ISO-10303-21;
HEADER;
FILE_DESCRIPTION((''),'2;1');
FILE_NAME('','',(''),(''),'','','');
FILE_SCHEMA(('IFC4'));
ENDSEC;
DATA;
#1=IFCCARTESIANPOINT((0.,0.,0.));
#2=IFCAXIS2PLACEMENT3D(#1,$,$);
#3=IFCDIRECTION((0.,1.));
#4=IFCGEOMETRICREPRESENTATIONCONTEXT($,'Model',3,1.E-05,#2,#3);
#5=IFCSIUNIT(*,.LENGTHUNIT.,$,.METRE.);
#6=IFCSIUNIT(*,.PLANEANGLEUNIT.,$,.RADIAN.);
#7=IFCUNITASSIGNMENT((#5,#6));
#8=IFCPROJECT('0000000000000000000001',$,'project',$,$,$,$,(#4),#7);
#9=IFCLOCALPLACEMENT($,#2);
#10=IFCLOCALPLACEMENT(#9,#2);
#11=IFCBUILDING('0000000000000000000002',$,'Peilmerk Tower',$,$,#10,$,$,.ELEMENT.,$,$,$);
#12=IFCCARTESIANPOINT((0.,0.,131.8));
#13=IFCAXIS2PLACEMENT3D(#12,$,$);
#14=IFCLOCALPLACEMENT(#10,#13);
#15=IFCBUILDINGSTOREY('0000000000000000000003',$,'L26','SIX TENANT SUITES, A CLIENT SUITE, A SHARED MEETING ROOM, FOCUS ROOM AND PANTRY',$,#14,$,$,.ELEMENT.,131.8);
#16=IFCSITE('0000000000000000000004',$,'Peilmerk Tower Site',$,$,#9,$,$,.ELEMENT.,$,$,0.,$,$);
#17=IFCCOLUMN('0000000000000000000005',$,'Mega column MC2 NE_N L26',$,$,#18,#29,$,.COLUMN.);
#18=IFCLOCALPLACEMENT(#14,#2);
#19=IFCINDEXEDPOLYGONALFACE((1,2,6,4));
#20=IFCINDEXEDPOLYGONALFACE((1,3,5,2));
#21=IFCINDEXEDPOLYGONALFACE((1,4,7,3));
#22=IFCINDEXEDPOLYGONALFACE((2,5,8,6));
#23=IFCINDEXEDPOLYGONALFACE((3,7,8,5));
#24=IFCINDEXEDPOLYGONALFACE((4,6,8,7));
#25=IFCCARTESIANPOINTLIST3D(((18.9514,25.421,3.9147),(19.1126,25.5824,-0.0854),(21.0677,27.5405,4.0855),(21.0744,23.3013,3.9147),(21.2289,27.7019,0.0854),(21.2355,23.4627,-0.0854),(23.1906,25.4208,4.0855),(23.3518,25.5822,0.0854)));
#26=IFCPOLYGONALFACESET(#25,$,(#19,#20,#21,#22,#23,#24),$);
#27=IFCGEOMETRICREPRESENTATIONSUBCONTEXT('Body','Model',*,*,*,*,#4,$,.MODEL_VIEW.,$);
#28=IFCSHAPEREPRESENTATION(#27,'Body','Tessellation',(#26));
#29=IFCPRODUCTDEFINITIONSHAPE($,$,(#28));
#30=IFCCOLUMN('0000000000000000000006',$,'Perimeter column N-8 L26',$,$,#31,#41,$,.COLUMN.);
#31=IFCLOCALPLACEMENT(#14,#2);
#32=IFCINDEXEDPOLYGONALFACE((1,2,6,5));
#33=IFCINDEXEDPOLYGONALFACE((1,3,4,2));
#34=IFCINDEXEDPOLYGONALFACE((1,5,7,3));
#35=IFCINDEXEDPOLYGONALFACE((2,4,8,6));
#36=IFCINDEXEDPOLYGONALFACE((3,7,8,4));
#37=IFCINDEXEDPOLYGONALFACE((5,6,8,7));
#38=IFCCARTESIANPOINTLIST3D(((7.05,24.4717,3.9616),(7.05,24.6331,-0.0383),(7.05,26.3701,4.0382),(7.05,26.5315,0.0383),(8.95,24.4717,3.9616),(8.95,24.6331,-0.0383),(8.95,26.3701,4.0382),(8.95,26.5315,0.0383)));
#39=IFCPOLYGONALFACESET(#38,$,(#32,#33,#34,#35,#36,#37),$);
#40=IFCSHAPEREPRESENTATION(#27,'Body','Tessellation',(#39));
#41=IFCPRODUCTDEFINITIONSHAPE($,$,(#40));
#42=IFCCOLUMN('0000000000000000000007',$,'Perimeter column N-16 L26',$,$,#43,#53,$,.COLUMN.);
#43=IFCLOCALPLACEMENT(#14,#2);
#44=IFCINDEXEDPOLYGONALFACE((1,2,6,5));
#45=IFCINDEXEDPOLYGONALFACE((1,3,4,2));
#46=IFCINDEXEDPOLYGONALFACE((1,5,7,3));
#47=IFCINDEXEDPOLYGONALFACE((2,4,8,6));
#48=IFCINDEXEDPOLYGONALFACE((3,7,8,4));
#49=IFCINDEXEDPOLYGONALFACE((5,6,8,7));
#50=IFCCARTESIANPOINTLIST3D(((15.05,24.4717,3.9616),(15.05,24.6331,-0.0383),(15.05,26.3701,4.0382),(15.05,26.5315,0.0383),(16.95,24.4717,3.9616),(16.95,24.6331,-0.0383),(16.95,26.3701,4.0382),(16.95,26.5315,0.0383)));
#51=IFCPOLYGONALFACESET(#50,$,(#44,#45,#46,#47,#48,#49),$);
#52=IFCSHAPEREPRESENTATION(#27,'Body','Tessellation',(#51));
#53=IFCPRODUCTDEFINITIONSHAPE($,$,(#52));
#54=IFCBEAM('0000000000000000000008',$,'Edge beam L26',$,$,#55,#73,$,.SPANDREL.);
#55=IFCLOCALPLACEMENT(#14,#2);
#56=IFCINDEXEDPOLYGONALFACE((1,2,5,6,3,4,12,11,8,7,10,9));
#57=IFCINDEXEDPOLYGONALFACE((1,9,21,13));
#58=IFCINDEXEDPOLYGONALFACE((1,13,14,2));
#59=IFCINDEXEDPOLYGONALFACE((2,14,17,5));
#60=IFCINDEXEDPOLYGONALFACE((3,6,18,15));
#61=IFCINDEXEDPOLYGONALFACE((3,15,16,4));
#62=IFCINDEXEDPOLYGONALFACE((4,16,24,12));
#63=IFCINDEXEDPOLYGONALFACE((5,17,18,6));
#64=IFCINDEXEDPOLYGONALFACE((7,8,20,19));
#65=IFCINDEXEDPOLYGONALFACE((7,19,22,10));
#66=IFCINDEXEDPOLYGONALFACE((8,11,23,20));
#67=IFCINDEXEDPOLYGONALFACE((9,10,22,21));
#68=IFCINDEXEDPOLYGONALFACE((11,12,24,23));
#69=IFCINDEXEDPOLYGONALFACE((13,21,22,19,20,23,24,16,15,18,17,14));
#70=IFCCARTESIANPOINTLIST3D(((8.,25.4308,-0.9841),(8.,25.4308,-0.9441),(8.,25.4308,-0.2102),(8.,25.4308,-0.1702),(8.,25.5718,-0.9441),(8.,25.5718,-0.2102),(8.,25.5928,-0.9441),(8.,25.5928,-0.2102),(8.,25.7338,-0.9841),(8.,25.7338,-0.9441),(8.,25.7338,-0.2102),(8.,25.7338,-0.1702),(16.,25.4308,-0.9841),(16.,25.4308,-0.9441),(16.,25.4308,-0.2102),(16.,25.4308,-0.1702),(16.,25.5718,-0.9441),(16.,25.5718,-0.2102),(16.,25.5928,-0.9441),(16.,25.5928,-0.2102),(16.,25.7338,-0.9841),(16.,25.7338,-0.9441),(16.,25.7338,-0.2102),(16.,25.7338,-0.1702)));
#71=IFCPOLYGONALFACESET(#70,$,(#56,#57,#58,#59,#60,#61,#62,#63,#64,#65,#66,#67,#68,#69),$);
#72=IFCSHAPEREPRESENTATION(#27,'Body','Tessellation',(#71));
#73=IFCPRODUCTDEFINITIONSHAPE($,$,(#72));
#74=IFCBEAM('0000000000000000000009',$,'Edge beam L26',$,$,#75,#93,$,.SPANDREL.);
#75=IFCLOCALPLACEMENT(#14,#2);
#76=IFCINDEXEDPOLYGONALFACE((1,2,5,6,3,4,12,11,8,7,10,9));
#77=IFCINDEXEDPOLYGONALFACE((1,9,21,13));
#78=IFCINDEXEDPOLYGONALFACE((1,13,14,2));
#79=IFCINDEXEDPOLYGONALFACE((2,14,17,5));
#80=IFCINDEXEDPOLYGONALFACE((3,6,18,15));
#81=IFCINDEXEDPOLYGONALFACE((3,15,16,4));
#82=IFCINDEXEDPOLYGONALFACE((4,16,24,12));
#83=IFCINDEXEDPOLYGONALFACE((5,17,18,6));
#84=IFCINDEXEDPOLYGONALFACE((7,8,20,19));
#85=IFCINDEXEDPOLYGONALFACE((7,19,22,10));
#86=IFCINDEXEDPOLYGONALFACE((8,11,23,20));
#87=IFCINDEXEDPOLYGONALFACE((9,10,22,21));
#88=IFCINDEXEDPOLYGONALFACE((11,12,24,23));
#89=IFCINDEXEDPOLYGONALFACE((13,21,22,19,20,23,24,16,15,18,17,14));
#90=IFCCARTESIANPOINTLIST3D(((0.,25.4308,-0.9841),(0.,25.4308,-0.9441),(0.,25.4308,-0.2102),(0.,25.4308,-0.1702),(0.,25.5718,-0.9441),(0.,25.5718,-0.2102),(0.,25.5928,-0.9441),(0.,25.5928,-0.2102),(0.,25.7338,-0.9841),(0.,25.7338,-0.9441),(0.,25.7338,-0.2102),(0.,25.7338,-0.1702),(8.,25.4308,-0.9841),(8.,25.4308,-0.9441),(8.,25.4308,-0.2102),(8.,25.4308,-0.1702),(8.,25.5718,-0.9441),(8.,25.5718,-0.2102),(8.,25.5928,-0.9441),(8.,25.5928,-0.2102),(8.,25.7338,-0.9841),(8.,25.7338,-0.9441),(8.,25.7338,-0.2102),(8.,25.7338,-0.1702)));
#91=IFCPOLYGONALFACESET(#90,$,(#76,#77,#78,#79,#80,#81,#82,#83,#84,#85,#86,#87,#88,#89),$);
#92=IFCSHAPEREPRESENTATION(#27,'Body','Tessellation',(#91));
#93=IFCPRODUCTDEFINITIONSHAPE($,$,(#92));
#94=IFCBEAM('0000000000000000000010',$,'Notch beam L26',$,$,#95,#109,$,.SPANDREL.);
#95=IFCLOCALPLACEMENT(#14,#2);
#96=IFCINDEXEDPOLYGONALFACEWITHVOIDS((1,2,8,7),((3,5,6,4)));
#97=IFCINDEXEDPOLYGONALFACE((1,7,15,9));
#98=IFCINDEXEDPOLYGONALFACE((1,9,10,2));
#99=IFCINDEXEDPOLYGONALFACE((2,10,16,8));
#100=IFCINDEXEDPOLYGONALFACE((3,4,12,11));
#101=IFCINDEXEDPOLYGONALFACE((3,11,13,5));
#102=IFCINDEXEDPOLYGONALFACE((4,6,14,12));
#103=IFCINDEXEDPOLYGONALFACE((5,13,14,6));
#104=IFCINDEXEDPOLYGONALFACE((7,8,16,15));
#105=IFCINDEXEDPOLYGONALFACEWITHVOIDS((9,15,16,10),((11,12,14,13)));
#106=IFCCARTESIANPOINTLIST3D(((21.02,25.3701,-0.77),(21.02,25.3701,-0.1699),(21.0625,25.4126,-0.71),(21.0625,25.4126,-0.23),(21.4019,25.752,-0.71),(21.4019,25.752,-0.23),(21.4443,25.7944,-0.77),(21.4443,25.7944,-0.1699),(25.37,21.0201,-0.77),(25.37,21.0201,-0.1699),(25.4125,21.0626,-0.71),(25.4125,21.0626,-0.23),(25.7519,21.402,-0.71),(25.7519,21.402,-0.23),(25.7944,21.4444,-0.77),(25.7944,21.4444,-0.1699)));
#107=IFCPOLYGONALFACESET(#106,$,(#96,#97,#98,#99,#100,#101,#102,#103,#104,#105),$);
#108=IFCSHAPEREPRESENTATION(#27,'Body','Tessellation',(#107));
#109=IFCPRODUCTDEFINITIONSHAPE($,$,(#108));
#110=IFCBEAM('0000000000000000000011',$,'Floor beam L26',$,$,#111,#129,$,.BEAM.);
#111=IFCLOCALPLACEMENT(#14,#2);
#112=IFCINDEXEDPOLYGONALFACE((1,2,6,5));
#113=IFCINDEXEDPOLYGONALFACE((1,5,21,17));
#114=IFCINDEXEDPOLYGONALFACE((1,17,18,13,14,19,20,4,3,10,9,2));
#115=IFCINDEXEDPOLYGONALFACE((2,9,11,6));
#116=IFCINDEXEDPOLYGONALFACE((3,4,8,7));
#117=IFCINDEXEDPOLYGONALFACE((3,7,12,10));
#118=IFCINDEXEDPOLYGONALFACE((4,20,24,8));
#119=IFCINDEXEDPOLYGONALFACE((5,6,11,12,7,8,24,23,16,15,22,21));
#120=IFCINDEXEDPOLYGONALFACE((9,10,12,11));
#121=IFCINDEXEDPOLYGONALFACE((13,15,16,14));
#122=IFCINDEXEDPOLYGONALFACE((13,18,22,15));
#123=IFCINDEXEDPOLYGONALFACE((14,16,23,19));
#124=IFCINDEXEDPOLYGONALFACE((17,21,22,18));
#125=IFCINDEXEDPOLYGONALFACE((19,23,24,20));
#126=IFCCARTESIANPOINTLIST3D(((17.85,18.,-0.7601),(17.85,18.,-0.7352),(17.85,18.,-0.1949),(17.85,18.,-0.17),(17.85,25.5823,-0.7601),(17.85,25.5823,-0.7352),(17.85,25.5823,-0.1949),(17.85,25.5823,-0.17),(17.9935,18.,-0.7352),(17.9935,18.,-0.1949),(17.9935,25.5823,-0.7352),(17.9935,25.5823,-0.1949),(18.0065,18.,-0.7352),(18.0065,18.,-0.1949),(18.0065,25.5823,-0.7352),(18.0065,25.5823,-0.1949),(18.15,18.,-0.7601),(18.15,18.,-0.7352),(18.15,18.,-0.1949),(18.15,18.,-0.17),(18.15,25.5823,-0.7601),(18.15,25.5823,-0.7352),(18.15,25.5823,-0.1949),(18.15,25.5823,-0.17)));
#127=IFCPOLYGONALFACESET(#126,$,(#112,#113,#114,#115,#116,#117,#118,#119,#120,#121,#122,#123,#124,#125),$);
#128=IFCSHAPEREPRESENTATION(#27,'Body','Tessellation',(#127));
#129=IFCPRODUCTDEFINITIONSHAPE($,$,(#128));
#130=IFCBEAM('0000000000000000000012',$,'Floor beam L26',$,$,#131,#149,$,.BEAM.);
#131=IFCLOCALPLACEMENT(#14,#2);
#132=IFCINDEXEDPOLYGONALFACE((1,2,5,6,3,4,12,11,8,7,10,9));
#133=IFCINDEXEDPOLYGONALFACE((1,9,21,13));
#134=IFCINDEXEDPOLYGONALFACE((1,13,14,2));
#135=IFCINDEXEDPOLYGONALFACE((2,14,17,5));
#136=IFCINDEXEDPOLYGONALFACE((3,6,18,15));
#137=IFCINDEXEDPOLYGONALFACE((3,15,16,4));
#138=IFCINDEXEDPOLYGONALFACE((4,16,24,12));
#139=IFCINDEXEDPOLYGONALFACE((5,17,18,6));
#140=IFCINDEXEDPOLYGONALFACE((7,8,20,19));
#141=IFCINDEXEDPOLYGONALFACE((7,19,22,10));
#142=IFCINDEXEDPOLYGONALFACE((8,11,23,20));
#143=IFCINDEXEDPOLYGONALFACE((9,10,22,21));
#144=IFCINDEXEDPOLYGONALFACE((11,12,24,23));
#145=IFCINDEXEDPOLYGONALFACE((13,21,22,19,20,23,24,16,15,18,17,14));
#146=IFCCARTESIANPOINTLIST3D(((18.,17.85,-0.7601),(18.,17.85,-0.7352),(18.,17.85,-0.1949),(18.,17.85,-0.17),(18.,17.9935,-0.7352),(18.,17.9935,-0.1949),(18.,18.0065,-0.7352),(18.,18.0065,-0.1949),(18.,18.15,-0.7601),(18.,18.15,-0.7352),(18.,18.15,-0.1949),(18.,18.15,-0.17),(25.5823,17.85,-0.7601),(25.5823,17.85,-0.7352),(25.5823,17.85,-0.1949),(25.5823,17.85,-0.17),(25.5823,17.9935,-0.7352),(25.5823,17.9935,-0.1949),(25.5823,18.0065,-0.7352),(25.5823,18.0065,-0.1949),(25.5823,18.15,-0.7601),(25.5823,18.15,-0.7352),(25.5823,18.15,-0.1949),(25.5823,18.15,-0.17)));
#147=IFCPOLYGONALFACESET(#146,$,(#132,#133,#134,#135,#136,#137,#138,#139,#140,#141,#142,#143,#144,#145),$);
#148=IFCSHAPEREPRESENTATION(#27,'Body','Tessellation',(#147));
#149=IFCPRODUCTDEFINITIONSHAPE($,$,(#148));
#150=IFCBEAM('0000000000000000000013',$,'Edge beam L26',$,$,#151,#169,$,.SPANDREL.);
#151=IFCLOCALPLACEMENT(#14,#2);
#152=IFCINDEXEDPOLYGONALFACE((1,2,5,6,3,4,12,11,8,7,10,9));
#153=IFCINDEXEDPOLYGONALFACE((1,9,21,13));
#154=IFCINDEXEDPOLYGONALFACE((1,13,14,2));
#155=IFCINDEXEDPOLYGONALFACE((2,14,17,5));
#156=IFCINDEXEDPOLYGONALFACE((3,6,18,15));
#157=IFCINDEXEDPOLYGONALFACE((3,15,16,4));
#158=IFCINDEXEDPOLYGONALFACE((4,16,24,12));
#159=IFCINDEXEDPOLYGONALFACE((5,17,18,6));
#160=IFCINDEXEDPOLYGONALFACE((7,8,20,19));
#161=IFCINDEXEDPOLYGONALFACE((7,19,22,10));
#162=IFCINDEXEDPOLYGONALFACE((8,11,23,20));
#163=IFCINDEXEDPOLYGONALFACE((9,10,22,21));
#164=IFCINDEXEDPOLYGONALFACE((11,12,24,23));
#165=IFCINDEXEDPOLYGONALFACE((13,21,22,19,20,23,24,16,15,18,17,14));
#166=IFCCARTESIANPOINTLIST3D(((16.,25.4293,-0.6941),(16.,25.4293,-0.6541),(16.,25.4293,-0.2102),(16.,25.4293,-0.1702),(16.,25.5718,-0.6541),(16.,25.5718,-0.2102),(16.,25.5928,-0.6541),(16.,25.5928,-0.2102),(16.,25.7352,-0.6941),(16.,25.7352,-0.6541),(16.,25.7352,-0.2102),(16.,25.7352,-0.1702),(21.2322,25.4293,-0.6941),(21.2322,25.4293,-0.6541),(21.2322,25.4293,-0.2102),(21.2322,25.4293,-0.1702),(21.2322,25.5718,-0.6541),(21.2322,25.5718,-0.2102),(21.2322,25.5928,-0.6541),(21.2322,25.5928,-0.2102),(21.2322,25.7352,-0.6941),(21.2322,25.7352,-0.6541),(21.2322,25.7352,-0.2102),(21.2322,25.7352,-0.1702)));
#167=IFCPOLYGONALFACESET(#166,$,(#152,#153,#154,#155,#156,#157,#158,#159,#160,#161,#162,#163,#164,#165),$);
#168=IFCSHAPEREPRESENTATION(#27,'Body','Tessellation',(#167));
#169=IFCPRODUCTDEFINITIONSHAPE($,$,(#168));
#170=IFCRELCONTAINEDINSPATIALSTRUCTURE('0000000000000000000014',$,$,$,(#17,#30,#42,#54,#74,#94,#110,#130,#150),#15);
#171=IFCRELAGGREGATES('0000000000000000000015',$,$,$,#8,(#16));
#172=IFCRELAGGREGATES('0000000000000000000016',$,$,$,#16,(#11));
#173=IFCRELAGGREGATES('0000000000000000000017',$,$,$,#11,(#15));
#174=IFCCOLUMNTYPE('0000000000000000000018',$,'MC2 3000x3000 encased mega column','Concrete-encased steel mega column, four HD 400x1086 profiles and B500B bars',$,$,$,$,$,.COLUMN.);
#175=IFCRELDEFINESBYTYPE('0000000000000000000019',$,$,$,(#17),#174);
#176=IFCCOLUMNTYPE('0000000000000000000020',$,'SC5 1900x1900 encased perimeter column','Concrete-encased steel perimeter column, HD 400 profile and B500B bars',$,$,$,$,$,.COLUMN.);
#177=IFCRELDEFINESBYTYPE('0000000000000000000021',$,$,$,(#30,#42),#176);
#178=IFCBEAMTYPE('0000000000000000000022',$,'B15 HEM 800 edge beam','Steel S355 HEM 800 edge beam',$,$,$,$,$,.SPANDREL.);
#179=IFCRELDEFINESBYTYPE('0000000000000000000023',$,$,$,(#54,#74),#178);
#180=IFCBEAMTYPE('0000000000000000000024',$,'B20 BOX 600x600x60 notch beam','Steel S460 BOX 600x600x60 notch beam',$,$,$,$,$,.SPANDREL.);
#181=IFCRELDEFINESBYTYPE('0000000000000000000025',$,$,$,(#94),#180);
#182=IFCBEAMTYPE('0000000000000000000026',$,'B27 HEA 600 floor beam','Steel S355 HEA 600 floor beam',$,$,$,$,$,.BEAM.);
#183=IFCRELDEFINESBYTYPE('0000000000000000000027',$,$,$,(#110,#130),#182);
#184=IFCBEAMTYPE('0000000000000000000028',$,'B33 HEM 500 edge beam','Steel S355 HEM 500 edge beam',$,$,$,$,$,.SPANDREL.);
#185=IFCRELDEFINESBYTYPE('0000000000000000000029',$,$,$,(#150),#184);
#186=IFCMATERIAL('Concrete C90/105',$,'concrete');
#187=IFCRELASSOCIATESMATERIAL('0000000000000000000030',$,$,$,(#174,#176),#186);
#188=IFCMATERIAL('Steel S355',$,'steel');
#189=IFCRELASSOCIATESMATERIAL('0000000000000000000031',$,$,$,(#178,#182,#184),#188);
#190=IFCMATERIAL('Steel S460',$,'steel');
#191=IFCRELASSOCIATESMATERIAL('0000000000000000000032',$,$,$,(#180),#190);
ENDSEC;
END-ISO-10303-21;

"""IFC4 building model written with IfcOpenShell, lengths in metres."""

from ifc_helpers import new_model, si_unit, direction, frame, origin, origin_2d, place, context, subcontext, project, spatial, rectangle, hollow_rectangle, i_section, extrude, material, material_profile, profile_set, type_object, element, save


model = new_model("IFC4")

# Units and contexts
model_context = context("Model", 3, precision=1e-05, world=origin(), true_north=direction((0.0, 1.0)))
body_context = subcontext(model_context, "Body", "Model", "MODEL_VIEW")
ifc_project = project(units=[si_unit("LENGTHUNIT", "METRE"), si_unit("PLANEANGLEUNIT", "RADIAN")], contexts=[model_context])

# Site, building, storey
site_placement = place(None, origin())
site = spatial("IfcSite", under=ifc_project, at=site_placement, Name="Peilmerk Tower Site", CompositionType="ELEMENT", RefElevation=0.0)
building_placement = place(site_placement, origin())
building = spatial("IfcBuilding", under=site, at=building_placement, Name="Peilmerk Tower", CompositionType="ELEMENT")
storey_placement = place(building_placement, frame((0.0, 0.0, 131.8)))
storey = spatial("IfcBuildingStorey", under=building, at=storey_placement, Name="L26", Description="SIX TENANT SUITES, A CLIENT SUITE, A SHARED MEETING ROOM, FOCUS ROOM AND PANTRY", CompositionType="ELEMENT", Elevation=131.8)

# Columns
ifc_material_1 = material(Name="Concrete C90/105", Category="concrete")
ifc_material_profile_1 = material_profile(ifc_material_1, rectangle(XDim=3.0, YDim=3.0, at=origin_2d()), Name="RC 3000x3000")
ifc_profile_set_1 = profile_set([ifc_material_profile_1], Name="Concrete C90/105")
column_type_1 = type_object("IfcColumnType", Name="MC2 3000x3000 encased mega column", Description="Concrete-encased steel mega column, four HD 400x1086 profiles and B500B bars", PredefinedType="COLUMN", material=ifc_profile_set_1)
column_placement = place(storey_placement, frame((21.2322, 25.5823, 0.0), z_axis=(-0.040218, -0.040279, 0.998379), x_axis=(0.707642, -0.706571, 0.0)))
element("IfcColumn", 1, at=column_placement, inside=storey, type_object=column_type_1, Name="Mega column MC2 NE_N L26", PredefinedType="COLUMN", context=body_context, shape_type="SweptSolid", body=[
    extrude(rectangle(XDim=3.0, YDim=3.0, at=origin_2d()), origin(), (0.0, 0.0, 1.0), 4.0066),
])
ifc_material_profile_2 = material_profile(ifc_material_1, rectangle(XDim=1.8999, YDim=1.8999, at=origin_2d()), Name="RC 1900x1900")
ifc_profile_set_2 = profile_set([ifc_material_profile_2], Name="Concrete C90/105")
column_type_2 = type_object("IfcColumnType", Name="SC5 1900x1900 encased perimeter column", Description="Concrete-encased steel perimeter column, HD 400 profile and B500B bars", PredefinedType="COLUMN", material=ifc_profile_set_2)
for number, where, z_axis, x_axis, name in (
    (2, (8.0, 25.5823, 0.0), (0.0, -0.040311, 0.999187), (1.0, 0.0, 0.0), "Perimeter column N-8 L26"),
    (3, (16.0, 25.5823, 0.0), (0.0, -0.040311, 0.999187), (1.0, 0.0, 0.0), "Perimeter column N-16 L26"),
):
    element("IfcColumn", number, at=place(storey_placement, frame(where, z_axis=z_axis, x_axis=x_axis)), inside=storey, type_object=column_type_2, Name=name, PredefinedType="COLUMN", context=body_context, shape_type="SweptSolid", body=[
        extrude(rectangle(XDim=1.8999, YDim=1.8999, at=origin_2d()), origin(), (0.0, 0.0, 1.0), 4.0032),
    ])

# Beams
ifc_material_2 = material(Name="Steel S355", Category="steel")
ifc_material_profile_3 = material_profile(ifc_material_2, i_section(OverallWidth=0.303, OverallDepth=0.814, WebThickness=0.021, FlangeThickness=0.04, at=origin_2d()), Name="HEM 800")
ifc_profile_set_3 = profile_set([ifc_material_profile_3], Name="Steel S355")
beam_type_1 = type_object("IfcBeamType", Name="B15 HEM 800 edge beam", Description="Steel S355 HEM 800 edge beam", PredefinedType="SPANDREL", material=ifc_profile_set_3)
for number, where, z_axis, x_axis, name in (
    (4, (16.0, 25.5823, -0.5771), (-1.0, 0.0, 0.0), (0.0, -1.0, 0.0), "Edge beam L26"),
    (5, (8.0, 25.5823, -0.5771), (-1.0, 0.0, 0.0), (0.0, -1.0, 0.0), "Edge beam L26"),
):
    element("IfcBeam", number, at=place(storey_placement, frame(where, z_axis=z_axis, x_axis=x_axis)), inside=storey, type_object=beam_type_1, Name=name, PredefinedType="SPANDREL", context=body_context, shape_type="SweptSolid", body=[
        extrude(i_section(OverallWidth=0.303, OverallDepth=0.814, WebThickness=0.021, FlangeThickness=0.04, at=origin_2d()), origin(), (0.0, 0.0, 1.0), 8.0),
    ])
ifc_material_3 = material(Name="Steel S460", Category="steel")
ifc_material_profile_4 = material_profile(ifc_material_3, hollow_rectangle(XDim=0.6001, YDim=0.6001, WallThickness=0.0601, at=origin_2d()), Name="BOX 600x600x60")
ifc_profile_set_4 = profile_set([ifc_material_profile_4], Name="Steel S460")
beam_type_2 = type_object("IfcBeamType", Name="B20 BOX 600x600x60 notch beam", Description="Steel S460 BOX 600x600x60 notch beam", PredefinedType="SPANDREL", material=ifc_profile_set_4)
beam_1_placement = place(storey_placement, frame((21.2322, 25.5823, -0.47), z_axis=(0.707107, -0.707107, 0.0), x_axis=(0.707107, 0.707107, 0.0)))
element("IfcBeam", 6, at=beam_1_placement, inside=storey, type_object=beam_type_2, Name="Notch beam L26", PredefinedType="SPANDREL", context=body_context, shape_type="SweptSolid", body=[
    extrude(hollow_rectangle(XDim=0.6001, YDim=0.6001, WallThickness=0.0601, at=origin_2d()), origin(), (0.0, 0.0, 1.0), 6.1519),
])
ifc_material_profile_5 = material_profile(ifc_material_2, i_section(OverallWidth=0.3, OverallDepth=0.5901, WebThickness=0.0129, FlangeThickness=0.0249, at=origin_2d()), Name="HEA 600")
ifc_profile_set_5 = profile_set([ifc_material_profile_5], Name="Steel S355")
beam_type_3 = type_object("IfcBeamType", Name="B27 HEA 600 floor beam", Description="Steel S355 HEA 600 floor beam", PredefinedType="BEAM", material=ifc_profile_set_5)
for number, where, z_axis, x_axis, name in (
    (7, (18.0, 18.0, -0.4651), (0.0, 1.0, 0.0), (-1.0, 0.0, 0.0), "Floor beam L26"),
    (8, (18.0, 18.0, -0.4651), (1.0, 0.0, 0.0), (0.0, 1.0, 0.0), "Floor beam L26"),
):
    element("IfcBeam", number, at=place(storey_placement, frame(where, z_axis=z_axis, x_axis=x_axis)), inside=storey, type_object=beam_type_3, Name=name, PredefinedType="BEAM", context=body_context, shape_type="SweptSolid", body=[
        extrude(i_section(OverallWidth=0.3, OverallDepth=0.5901, WebThickness=0.0129, FlangeThickness=0.0249, at=origin_2d()), origin(), (0.0, 0.0, 1.0), 7.5823),
    ])
ifc_material_profile_6 = material_profile(ifc_material_2, i_section(OverallWidth=0.3059, OverallDepth=0.5239, WebThickness=0.021, FlangeThickness=0.04, at=origin_2d()), Name="HEM 500")
ifc_profile_set_6 = profile_set([ifc_material_profile_6], Name="Steel S355")
beam_type_4 = type_object("IfcBeamType", Name="B33 HEM 500 edge beam", Description="Steel S355 HEM 500 edge beam", PredefinedType="SPANDREL", material=ifc_profile_set_6)
beam_2_placement = place(storey_placement, frame((21.2322, 25.5823, -0.4321), z_axis=(-1.0, 0.0, 0.0), x_axis=(0.0, -1.0, 0.0)))
element("IfcBeam", 9, at=beam_2_placement, inside=storey, type_object=beam_type_4, Name="Edge beam L26", PredefinedType="SPANDREL", context=body_context, shape_type="SweptSolid", body=[
    extrude(i_section(OverallWidth=0.3059, OverallDepth=0.5239, WebThickness=0.021, FlangeThickness=0.04, at=origin_2d()), origin(), (0.0, 0.0, 1.0), 5.2322),
])

save(model, "model.ifc")
